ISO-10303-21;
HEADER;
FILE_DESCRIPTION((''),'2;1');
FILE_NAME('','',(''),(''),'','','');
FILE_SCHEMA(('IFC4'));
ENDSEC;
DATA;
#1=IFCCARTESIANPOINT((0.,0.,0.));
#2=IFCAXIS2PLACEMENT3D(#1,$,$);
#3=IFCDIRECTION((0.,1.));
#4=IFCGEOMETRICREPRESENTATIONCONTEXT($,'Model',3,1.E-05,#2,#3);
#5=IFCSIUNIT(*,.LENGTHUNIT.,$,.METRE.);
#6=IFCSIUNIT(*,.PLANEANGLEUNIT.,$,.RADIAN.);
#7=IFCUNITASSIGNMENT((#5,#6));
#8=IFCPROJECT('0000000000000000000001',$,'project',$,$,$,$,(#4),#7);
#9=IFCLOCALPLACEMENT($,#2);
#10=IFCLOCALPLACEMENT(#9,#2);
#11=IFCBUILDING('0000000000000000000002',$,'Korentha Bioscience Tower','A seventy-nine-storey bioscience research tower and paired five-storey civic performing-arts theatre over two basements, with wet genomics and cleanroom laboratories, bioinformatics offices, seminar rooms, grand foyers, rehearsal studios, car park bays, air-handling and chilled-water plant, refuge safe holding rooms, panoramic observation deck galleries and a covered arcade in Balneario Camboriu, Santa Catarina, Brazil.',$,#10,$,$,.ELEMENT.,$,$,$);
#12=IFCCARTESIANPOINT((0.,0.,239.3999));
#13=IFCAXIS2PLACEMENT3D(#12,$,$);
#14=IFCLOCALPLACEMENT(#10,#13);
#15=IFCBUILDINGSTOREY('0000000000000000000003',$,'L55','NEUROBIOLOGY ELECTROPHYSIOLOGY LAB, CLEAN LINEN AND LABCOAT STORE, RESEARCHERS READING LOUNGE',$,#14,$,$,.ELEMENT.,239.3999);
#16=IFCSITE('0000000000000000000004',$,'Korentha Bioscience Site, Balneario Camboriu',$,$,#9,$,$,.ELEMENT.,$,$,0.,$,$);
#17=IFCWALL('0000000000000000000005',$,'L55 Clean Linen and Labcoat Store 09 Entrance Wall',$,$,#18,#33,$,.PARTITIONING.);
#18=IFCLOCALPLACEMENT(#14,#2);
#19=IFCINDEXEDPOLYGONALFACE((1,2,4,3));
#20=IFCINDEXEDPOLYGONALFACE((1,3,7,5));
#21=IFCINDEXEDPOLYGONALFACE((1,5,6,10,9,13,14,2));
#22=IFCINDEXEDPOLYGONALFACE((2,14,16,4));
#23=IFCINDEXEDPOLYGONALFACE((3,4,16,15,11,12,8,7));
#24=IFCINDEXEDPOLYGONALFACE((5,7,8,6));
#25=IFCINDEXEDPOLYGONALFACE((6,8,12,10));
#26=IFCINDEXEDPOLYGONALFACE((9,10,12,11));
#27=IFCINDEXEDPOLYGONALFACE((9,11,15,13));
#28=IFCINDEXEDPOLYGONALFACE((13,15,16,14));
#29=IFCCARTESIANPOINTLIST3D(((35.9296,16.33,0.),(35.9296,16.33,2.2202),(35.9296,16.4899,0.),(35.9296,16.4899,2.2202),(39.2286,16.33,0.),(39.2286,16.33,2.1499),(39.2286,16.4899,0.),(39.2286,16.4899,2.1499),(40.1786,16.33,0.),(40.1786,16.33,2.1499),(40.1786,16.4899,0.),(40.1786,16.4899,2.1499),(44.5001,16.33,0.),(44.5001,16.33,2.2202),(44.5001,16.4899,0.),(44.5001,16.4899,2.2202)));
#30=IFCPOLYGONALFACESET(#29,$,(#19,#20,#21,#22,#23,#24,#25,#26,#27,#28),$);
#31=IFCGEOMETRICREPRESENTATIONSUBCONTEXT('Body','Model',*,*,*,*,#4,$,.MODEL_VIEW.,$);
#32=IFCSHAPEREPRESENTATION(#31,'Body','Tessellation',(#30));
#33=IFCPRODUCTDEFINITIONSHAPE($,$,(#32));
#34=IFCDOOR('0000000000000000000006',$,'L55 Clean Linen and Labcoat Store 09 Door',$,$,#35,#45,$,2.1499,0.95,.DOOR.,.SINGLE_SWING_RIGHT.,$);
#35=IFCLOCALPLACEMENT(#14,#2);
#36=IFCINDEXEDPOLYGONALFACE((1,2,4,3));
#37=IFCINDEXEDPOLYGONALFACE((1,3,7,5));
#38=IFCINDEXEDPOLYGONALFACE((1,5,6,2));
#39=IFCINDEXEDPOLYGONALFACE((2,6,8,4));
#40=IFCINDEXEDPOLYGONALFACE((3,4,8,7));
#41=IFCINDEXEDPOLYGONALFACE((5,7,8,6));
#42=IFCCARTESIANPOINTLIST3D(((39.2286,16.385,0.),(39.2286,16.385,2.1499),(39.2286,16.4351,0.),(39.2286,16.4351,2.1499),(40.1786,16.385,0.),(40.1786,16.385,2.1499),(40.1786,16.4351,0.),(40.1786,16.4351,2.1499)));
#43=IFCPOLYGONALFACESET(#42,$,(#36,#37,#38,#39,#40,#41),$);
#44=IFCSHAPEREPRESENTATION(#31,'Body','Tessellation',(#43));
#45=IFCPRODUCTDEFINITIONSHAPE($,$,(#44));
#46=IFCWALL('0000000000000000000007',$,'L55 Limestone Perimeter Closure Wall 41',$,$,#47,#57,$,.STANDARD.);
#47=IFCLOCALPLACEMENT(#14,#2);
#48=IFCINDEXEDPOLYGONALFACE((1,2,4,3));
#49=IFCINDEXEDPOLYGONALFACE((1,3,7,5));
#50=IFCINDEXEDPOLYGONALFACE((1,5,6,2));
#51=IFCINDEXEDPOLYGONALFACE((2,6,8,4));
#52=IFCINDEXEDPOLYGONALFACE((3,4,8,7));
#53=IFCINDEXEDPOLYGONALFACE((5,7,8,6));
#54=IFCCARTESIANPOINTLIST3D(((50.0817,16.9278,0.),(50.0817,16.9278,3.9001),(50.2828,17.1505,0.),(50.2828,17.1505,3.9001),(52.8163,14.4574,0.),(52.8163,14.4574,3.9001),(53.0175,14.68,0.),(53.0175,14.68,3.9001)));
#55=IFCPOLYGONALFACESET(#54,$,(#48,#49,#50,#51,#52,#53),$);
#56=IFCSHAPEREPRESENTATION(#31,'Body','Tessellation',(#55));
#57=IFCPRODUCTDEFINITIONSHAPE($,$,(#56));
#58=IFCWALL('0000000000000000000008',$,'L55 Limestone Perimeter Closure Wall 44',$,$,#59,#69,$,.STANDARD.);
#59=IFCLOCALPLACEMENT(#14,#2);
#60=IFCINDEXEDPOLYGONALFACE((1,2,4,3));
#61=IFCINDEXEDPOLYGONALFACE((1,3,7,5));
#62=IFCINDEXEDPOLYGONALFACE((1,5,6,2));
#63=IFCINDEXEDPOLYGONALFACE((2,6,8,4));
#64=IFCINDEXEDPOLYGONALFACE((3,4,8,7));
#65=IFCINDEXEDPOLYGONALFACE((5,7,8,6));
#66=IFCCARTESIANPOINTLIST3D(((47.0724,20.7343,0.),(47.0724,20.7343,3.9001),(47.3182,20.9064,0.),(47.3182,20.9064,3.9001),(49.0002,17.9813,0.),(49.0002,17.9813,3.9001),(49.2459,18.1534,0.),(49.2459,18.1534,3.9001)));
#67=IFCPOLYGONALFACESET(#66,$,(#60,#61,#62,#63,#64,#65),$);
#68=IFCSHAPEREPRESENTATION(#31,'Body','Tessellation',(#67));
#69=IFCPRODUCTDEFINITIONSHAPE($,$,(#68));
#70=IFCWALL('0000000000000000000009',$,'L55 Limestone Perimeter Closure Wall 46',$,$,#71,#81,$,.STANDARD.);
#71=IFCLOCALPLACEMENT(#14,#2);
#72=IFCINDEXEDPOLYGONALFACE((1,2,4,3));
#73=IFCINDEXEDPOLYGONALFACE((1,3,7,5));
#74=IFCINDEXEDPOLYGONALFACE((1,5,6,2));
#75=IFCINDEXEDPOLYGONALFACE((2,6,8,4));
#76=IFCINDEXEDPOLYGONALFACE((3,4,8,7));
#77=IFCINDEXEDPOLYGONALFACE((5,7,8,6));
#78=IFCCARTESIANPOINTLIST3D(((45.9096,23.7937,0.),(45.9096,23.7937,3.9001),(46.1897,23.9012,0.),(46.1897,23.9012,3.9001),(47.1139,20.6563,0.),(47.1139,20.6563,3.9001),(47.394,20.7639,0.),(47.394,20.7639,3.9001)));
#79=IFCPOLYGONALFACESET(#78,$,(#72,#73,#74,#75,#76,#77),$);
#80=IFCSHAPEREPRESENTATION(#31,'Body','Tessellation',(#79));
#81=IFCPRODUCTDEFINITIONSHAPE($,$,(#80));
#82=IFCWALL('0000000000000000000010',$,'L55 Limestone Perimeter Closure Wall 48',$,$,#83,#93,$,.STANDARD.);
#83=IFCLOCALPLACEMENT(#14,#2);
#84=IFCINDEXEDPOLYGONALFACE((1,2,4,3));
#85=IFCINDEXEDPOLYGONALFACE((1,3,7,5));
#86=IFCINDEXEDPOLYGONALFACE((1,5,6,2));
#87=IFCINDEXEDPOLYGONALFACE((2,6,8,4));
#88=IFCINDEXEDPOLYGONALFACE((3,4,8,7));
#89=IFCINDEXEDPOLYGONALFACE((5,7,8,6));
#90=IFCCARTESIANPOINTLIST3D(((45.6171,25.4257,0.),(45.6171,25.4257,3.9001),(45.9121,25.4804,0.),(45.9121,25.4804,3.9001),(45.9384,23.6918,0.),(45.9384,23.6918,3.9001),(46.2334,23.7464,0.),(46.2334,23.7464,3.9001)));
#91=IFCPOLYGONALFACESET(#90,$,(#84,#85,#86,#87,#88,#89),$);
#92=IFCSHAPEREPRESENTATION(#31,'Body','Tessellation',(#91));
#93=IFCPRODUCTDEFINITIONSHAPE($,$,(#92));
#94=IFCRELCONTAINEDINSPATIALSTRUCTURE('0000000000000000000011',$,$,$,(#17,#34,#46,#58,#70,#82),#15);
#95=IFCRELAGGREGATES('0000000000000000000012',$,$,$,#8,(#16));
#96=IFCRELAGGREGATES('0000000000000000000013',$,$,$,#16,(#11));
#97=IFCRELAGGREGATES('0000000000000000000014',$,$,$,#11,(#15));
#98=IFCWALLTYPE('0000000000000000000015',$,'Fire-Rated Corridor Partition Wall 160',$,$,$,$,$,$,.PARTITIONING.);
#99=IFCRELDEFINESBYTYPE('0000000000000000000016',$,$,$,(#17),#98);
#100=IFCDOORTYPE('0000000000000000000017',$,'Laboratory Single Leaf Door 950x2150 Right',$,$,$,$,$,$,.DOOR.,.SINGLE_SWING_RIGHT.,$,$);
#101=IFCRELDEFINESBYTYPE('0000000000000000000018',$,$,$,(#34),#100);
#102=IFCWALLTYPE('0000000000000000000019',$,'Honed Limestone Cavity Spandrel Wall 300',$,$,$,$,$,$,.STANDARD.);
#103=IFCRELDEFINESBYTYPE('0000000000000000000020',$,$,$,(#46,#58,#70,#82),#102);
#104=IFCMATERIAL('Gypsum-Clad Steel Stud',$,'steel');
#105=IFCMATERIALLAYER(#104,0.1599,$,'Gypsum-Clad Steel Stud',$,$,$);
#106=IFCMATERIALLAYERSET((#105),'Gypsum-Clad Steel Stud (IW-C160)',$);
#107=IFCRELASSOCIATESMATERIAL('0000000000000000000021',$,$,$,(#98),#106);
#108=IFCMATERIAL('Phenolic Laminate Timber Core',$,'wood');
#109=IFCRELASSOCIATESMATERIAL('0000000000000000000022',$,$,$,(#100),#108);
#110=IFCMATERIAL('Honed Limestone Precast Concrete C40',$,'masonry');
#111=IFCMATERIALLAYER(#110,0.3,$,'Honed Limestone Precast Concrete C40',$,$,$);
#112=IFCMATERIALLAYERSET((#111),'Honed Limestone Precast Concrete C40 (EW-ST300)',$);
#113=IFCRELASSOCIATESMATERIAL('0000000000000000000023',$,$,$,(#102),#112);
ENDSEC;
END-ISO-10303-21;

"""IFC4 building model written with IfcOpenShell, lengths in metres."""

from ifc_helpers import new_model, si_unit, direction, frame, frame_2d, origin, place, context, subcontext, project, spatial, rectangle, extrude, material, layer, layer_set, type_object, element, fill, save


model = new_model("IFC4")

# Units and contexts
model_context = context("Model", 3, precision=1e-05, world=origin(), true_north=direction((0.0, 1.0)))
body_context = subcontext(model_context, "Body", "Model", "MODEL_VIEW")
ifc_project = project(units=[si_unit("LENGTHUNIT", "METRE"), si_unit("PLANEANGLEUNIT", "RADIAN")], contexts=[model_context])

# Site, building, storey
site_placement = place(None, origin())
site = spatial("IfcSite", under=ifc_project, at=site_placement, Name="Korentha Bioscience Site, Balneario Camboriu", CompositionType="ELEMENT", RefElevation=0.0)
building_placement = place(site_placement, origin())
building = spatial("IfcBuilding", under=site, at=building_placement, Name="Korentha Bioscience Tower", Description="A seventy-nine-storey bioscience research tower and paired five-storey civic performing-arts theatre over two basements, with wet genomics and cleanroom laboratories, bioinformatics offices, seminar rooms, grand foyers, rehearsal studios, car park bays, air-handling and chilled-water plant, refuge safe holding rooms, panoramic observation deck galleries and a covered arcade in Balneario Camboriu, Santa Catarina, Brazil.", CompositionType="ELEMENT")
storey_placement = place(building_placement, frame((0.0, 0.0, 239.3999)))
storey = spatial("IfcBuildingStorey", under=building, at=storey_placement, Name="L55", Description="NEUROBIOLOGY ELECTROPHYSIOLOGY LAB, CLEAN LINEN AND LABCOAT STORE, RESEARCHERS READING LOUNGE", CompositionType="ELEMENT", Elevation=239.3999)

# Wall, opening, door
ifc_material_1 = material(Name="Gypsum-Clad Steel Stud", Category="steel")
ifc_layer_1 = layer(ifc_material_1, 0.1599, Name="Gypsum-Clad Steel Stud")
ifc_layer_set_1 = layer_set([ifc_layer_1], Name="Gypsum-Clad Steel Stud (IW-C160)")
wall_type_1 = type_object("IfcWallType", Name="Fire-Rated Corridor Partition Wall 160", PredefinedType="PARTITIONING", material=ifc_layer_set_1)
wall_1_placement = place(storey_placement, frame((44.5, 16.4099, 0.0), z_axis=(0.0, 0.0, 1.0), x_axis=(-1.0, 0.0, 0.0)))
wall_1 = element("IfcWall", 1, at=wall_1_placement, inside=storey, type_object=wall_type_1, Name="L55 Clean Linen and Labcoat Store 09 Entrance Wall", PredefinedType="PARTITIONING", context=body_context, shape_type="SweptSolid", body=[
    extrude(rectangle(XDim=8.5706, YDim=0.1599, at=frame_2d((4.2852, 0.0))), origin(), (0.0, 0.0, 1.0), 2.2202),
])
opening_placement = place(wall_1_placement, frame((4.3213, 0.0, 0.0)))
opening = element("IfcOpeningElement", 2, at=opening_placement, cuts=wall_1, PredefinedType="OPENING", context=body_context, shape_type="SweptSolid", body=[
    extrude(rectangle(XDim=0.95, YDim=2.1499, at=frame_2d((0.4751, 1.075))), frame((0.0, 0.0947, 0.0), z_axis=(0.0, -1.0, 0.0), x_axis=(1.0, 0.0, 0.0)), (0.0, 0.0, 1.0), 0.1897),
])
ifc_material_2 = material(Name="Phenolic Laminate Timber Core", Category="wood")
door_type = type_object("IfcDoorType", Name="Laboratory Single Leaf Door 950x2150 Right", OperationType="SINGLE_SWING_RIGHT", PredefinedType="DOOR", material=ifc_material_2)
door_placement = place(opening_placement, origin())
door = element("IfcDoor", 3, at=door_placement, inside=storey, type_object=door_type, Name="L55 Clean Linen and Labcoat Store 09 Door", OperationType="SINGLE_SWING_RIGHT", OverallHeight=2.1499, OverallWidth=0.95, PredefinedType="DOOR", context=body_context, shape_type="SweptSolid", body=[
    extrude(rectangle(XDim=0.95, YDim=2.1499, at=frame_2d((0.4751, 1.075))), frame((0.0, 0.0249, 0.0), z_axis=(0.0, -1.0, 0.0), x_axis=(1.0, 0.0, 0.0)), (0.0, 0.0, 1.0), 0.05),
])
fill(opening, door)

# Walls
ifc_material_3 = material(Name="Honed Limestone Precast Concrete C40", Category="masonry")
ifc_layer_2 = layer(ifc_material_3, 0.3, Name="Honed Limestone Precast Concrete C40")
ifc_layer_set_2 = layer_set([ifc_layer_2], Name="Honed Limestone Precast Concrete C40 (EW-ST300)")
wall_type_2 = type_object("IfcWallType", Name="Honed Limestone Cavity Spandrel Wall 300", PredefinedType="STANDARD", material=ifc_layer_set_2)
wall_2_placement = place(storey_placement, frame((52.917, 14.5686, 0.0), z_axis=(0.0, 0.0, 1.0), x_axis=(-0.742038, 0.670358, 0.0)))
element("IfcWall", 4, at=wall_2_placement, inside=storey, type_object=wall_type_2, Name="L55 Limestone Perimeter Closure Wall 41", PredefinedType="STANDARD", context=body_context, shape_type="SweptSolid", body=[
    extrude(rectangle(XDim=3.6853, YDim=0.3, at=frame_2d((1.8428, 0.0))), origin(), (0.0, 0.0, 1.0), 3.9001),
])
wall_3_placement = place(storey_placement, frame((49.123, 18.0674, 0.0), z_axis=(0.0, 0.0, 1.0), x_axis=(-0.573599, 0.819136, 0.0)))
element("IfcWall", 5, at=wall_3_placement, inside=storey, type_object=wall_type_2, Name="L55 Limestone Perimeter Closure Wall 44", PredefinedType="STANDARD", context=body_context, shape_type="SweptSolid", body=[
    extrude(rectangle(XDim=3.3608, YDim=0.3, at=frame_2d((1.6804, 0.0))), origin(), (0.0, 0.0, 1.0), 3.9001),
])
wall_4_placement = place(storey_placement, frame((47.2539, 20.7102, 0.0), z_axis=(0.0, 0.0, 1.0), x_axis=(-0.358366, 0.933581, 0.0)))
element("IfcWall", 6, at=wall_4_placement, inside=storey, type_object=wall_type_2, Name="L55 Limestone Perimeter Closure Wall 46", PredefinedType="STANDARD", context=body_context, shape_type="SweptSolid", body=[
    extrude(rectangle(XDim=3.3606, YDim=0.3, at=frame_2d((1.6802, 0.0))), origin(), (0.0, 0.0, 1.0), 3.9001),
])
wall_5_placement = place(storey_placement, frame((46.0859, 23.719, 0.0), z_axis=(0.0, 0.0, 1.0), x_axis=(-0.182198, 0.983262, 0.0)))
element("IfcWall", 7, at=wall_5_placement, inside=storey, type_object=wall_type_2, Name="L55 Limestone Perimeter Closure Wall 48", PredefinedType="STANDARD", context=body_context, shape_type="SweptSolid", body=[
    extrude(rectangle(XDim=1.7634, YDim=0.3, at=frame_2d((0.8818, 0.0))), origin(), (0.0, 0.0, 1.0), 3.9001),
])

save(model, "model.ifc")
